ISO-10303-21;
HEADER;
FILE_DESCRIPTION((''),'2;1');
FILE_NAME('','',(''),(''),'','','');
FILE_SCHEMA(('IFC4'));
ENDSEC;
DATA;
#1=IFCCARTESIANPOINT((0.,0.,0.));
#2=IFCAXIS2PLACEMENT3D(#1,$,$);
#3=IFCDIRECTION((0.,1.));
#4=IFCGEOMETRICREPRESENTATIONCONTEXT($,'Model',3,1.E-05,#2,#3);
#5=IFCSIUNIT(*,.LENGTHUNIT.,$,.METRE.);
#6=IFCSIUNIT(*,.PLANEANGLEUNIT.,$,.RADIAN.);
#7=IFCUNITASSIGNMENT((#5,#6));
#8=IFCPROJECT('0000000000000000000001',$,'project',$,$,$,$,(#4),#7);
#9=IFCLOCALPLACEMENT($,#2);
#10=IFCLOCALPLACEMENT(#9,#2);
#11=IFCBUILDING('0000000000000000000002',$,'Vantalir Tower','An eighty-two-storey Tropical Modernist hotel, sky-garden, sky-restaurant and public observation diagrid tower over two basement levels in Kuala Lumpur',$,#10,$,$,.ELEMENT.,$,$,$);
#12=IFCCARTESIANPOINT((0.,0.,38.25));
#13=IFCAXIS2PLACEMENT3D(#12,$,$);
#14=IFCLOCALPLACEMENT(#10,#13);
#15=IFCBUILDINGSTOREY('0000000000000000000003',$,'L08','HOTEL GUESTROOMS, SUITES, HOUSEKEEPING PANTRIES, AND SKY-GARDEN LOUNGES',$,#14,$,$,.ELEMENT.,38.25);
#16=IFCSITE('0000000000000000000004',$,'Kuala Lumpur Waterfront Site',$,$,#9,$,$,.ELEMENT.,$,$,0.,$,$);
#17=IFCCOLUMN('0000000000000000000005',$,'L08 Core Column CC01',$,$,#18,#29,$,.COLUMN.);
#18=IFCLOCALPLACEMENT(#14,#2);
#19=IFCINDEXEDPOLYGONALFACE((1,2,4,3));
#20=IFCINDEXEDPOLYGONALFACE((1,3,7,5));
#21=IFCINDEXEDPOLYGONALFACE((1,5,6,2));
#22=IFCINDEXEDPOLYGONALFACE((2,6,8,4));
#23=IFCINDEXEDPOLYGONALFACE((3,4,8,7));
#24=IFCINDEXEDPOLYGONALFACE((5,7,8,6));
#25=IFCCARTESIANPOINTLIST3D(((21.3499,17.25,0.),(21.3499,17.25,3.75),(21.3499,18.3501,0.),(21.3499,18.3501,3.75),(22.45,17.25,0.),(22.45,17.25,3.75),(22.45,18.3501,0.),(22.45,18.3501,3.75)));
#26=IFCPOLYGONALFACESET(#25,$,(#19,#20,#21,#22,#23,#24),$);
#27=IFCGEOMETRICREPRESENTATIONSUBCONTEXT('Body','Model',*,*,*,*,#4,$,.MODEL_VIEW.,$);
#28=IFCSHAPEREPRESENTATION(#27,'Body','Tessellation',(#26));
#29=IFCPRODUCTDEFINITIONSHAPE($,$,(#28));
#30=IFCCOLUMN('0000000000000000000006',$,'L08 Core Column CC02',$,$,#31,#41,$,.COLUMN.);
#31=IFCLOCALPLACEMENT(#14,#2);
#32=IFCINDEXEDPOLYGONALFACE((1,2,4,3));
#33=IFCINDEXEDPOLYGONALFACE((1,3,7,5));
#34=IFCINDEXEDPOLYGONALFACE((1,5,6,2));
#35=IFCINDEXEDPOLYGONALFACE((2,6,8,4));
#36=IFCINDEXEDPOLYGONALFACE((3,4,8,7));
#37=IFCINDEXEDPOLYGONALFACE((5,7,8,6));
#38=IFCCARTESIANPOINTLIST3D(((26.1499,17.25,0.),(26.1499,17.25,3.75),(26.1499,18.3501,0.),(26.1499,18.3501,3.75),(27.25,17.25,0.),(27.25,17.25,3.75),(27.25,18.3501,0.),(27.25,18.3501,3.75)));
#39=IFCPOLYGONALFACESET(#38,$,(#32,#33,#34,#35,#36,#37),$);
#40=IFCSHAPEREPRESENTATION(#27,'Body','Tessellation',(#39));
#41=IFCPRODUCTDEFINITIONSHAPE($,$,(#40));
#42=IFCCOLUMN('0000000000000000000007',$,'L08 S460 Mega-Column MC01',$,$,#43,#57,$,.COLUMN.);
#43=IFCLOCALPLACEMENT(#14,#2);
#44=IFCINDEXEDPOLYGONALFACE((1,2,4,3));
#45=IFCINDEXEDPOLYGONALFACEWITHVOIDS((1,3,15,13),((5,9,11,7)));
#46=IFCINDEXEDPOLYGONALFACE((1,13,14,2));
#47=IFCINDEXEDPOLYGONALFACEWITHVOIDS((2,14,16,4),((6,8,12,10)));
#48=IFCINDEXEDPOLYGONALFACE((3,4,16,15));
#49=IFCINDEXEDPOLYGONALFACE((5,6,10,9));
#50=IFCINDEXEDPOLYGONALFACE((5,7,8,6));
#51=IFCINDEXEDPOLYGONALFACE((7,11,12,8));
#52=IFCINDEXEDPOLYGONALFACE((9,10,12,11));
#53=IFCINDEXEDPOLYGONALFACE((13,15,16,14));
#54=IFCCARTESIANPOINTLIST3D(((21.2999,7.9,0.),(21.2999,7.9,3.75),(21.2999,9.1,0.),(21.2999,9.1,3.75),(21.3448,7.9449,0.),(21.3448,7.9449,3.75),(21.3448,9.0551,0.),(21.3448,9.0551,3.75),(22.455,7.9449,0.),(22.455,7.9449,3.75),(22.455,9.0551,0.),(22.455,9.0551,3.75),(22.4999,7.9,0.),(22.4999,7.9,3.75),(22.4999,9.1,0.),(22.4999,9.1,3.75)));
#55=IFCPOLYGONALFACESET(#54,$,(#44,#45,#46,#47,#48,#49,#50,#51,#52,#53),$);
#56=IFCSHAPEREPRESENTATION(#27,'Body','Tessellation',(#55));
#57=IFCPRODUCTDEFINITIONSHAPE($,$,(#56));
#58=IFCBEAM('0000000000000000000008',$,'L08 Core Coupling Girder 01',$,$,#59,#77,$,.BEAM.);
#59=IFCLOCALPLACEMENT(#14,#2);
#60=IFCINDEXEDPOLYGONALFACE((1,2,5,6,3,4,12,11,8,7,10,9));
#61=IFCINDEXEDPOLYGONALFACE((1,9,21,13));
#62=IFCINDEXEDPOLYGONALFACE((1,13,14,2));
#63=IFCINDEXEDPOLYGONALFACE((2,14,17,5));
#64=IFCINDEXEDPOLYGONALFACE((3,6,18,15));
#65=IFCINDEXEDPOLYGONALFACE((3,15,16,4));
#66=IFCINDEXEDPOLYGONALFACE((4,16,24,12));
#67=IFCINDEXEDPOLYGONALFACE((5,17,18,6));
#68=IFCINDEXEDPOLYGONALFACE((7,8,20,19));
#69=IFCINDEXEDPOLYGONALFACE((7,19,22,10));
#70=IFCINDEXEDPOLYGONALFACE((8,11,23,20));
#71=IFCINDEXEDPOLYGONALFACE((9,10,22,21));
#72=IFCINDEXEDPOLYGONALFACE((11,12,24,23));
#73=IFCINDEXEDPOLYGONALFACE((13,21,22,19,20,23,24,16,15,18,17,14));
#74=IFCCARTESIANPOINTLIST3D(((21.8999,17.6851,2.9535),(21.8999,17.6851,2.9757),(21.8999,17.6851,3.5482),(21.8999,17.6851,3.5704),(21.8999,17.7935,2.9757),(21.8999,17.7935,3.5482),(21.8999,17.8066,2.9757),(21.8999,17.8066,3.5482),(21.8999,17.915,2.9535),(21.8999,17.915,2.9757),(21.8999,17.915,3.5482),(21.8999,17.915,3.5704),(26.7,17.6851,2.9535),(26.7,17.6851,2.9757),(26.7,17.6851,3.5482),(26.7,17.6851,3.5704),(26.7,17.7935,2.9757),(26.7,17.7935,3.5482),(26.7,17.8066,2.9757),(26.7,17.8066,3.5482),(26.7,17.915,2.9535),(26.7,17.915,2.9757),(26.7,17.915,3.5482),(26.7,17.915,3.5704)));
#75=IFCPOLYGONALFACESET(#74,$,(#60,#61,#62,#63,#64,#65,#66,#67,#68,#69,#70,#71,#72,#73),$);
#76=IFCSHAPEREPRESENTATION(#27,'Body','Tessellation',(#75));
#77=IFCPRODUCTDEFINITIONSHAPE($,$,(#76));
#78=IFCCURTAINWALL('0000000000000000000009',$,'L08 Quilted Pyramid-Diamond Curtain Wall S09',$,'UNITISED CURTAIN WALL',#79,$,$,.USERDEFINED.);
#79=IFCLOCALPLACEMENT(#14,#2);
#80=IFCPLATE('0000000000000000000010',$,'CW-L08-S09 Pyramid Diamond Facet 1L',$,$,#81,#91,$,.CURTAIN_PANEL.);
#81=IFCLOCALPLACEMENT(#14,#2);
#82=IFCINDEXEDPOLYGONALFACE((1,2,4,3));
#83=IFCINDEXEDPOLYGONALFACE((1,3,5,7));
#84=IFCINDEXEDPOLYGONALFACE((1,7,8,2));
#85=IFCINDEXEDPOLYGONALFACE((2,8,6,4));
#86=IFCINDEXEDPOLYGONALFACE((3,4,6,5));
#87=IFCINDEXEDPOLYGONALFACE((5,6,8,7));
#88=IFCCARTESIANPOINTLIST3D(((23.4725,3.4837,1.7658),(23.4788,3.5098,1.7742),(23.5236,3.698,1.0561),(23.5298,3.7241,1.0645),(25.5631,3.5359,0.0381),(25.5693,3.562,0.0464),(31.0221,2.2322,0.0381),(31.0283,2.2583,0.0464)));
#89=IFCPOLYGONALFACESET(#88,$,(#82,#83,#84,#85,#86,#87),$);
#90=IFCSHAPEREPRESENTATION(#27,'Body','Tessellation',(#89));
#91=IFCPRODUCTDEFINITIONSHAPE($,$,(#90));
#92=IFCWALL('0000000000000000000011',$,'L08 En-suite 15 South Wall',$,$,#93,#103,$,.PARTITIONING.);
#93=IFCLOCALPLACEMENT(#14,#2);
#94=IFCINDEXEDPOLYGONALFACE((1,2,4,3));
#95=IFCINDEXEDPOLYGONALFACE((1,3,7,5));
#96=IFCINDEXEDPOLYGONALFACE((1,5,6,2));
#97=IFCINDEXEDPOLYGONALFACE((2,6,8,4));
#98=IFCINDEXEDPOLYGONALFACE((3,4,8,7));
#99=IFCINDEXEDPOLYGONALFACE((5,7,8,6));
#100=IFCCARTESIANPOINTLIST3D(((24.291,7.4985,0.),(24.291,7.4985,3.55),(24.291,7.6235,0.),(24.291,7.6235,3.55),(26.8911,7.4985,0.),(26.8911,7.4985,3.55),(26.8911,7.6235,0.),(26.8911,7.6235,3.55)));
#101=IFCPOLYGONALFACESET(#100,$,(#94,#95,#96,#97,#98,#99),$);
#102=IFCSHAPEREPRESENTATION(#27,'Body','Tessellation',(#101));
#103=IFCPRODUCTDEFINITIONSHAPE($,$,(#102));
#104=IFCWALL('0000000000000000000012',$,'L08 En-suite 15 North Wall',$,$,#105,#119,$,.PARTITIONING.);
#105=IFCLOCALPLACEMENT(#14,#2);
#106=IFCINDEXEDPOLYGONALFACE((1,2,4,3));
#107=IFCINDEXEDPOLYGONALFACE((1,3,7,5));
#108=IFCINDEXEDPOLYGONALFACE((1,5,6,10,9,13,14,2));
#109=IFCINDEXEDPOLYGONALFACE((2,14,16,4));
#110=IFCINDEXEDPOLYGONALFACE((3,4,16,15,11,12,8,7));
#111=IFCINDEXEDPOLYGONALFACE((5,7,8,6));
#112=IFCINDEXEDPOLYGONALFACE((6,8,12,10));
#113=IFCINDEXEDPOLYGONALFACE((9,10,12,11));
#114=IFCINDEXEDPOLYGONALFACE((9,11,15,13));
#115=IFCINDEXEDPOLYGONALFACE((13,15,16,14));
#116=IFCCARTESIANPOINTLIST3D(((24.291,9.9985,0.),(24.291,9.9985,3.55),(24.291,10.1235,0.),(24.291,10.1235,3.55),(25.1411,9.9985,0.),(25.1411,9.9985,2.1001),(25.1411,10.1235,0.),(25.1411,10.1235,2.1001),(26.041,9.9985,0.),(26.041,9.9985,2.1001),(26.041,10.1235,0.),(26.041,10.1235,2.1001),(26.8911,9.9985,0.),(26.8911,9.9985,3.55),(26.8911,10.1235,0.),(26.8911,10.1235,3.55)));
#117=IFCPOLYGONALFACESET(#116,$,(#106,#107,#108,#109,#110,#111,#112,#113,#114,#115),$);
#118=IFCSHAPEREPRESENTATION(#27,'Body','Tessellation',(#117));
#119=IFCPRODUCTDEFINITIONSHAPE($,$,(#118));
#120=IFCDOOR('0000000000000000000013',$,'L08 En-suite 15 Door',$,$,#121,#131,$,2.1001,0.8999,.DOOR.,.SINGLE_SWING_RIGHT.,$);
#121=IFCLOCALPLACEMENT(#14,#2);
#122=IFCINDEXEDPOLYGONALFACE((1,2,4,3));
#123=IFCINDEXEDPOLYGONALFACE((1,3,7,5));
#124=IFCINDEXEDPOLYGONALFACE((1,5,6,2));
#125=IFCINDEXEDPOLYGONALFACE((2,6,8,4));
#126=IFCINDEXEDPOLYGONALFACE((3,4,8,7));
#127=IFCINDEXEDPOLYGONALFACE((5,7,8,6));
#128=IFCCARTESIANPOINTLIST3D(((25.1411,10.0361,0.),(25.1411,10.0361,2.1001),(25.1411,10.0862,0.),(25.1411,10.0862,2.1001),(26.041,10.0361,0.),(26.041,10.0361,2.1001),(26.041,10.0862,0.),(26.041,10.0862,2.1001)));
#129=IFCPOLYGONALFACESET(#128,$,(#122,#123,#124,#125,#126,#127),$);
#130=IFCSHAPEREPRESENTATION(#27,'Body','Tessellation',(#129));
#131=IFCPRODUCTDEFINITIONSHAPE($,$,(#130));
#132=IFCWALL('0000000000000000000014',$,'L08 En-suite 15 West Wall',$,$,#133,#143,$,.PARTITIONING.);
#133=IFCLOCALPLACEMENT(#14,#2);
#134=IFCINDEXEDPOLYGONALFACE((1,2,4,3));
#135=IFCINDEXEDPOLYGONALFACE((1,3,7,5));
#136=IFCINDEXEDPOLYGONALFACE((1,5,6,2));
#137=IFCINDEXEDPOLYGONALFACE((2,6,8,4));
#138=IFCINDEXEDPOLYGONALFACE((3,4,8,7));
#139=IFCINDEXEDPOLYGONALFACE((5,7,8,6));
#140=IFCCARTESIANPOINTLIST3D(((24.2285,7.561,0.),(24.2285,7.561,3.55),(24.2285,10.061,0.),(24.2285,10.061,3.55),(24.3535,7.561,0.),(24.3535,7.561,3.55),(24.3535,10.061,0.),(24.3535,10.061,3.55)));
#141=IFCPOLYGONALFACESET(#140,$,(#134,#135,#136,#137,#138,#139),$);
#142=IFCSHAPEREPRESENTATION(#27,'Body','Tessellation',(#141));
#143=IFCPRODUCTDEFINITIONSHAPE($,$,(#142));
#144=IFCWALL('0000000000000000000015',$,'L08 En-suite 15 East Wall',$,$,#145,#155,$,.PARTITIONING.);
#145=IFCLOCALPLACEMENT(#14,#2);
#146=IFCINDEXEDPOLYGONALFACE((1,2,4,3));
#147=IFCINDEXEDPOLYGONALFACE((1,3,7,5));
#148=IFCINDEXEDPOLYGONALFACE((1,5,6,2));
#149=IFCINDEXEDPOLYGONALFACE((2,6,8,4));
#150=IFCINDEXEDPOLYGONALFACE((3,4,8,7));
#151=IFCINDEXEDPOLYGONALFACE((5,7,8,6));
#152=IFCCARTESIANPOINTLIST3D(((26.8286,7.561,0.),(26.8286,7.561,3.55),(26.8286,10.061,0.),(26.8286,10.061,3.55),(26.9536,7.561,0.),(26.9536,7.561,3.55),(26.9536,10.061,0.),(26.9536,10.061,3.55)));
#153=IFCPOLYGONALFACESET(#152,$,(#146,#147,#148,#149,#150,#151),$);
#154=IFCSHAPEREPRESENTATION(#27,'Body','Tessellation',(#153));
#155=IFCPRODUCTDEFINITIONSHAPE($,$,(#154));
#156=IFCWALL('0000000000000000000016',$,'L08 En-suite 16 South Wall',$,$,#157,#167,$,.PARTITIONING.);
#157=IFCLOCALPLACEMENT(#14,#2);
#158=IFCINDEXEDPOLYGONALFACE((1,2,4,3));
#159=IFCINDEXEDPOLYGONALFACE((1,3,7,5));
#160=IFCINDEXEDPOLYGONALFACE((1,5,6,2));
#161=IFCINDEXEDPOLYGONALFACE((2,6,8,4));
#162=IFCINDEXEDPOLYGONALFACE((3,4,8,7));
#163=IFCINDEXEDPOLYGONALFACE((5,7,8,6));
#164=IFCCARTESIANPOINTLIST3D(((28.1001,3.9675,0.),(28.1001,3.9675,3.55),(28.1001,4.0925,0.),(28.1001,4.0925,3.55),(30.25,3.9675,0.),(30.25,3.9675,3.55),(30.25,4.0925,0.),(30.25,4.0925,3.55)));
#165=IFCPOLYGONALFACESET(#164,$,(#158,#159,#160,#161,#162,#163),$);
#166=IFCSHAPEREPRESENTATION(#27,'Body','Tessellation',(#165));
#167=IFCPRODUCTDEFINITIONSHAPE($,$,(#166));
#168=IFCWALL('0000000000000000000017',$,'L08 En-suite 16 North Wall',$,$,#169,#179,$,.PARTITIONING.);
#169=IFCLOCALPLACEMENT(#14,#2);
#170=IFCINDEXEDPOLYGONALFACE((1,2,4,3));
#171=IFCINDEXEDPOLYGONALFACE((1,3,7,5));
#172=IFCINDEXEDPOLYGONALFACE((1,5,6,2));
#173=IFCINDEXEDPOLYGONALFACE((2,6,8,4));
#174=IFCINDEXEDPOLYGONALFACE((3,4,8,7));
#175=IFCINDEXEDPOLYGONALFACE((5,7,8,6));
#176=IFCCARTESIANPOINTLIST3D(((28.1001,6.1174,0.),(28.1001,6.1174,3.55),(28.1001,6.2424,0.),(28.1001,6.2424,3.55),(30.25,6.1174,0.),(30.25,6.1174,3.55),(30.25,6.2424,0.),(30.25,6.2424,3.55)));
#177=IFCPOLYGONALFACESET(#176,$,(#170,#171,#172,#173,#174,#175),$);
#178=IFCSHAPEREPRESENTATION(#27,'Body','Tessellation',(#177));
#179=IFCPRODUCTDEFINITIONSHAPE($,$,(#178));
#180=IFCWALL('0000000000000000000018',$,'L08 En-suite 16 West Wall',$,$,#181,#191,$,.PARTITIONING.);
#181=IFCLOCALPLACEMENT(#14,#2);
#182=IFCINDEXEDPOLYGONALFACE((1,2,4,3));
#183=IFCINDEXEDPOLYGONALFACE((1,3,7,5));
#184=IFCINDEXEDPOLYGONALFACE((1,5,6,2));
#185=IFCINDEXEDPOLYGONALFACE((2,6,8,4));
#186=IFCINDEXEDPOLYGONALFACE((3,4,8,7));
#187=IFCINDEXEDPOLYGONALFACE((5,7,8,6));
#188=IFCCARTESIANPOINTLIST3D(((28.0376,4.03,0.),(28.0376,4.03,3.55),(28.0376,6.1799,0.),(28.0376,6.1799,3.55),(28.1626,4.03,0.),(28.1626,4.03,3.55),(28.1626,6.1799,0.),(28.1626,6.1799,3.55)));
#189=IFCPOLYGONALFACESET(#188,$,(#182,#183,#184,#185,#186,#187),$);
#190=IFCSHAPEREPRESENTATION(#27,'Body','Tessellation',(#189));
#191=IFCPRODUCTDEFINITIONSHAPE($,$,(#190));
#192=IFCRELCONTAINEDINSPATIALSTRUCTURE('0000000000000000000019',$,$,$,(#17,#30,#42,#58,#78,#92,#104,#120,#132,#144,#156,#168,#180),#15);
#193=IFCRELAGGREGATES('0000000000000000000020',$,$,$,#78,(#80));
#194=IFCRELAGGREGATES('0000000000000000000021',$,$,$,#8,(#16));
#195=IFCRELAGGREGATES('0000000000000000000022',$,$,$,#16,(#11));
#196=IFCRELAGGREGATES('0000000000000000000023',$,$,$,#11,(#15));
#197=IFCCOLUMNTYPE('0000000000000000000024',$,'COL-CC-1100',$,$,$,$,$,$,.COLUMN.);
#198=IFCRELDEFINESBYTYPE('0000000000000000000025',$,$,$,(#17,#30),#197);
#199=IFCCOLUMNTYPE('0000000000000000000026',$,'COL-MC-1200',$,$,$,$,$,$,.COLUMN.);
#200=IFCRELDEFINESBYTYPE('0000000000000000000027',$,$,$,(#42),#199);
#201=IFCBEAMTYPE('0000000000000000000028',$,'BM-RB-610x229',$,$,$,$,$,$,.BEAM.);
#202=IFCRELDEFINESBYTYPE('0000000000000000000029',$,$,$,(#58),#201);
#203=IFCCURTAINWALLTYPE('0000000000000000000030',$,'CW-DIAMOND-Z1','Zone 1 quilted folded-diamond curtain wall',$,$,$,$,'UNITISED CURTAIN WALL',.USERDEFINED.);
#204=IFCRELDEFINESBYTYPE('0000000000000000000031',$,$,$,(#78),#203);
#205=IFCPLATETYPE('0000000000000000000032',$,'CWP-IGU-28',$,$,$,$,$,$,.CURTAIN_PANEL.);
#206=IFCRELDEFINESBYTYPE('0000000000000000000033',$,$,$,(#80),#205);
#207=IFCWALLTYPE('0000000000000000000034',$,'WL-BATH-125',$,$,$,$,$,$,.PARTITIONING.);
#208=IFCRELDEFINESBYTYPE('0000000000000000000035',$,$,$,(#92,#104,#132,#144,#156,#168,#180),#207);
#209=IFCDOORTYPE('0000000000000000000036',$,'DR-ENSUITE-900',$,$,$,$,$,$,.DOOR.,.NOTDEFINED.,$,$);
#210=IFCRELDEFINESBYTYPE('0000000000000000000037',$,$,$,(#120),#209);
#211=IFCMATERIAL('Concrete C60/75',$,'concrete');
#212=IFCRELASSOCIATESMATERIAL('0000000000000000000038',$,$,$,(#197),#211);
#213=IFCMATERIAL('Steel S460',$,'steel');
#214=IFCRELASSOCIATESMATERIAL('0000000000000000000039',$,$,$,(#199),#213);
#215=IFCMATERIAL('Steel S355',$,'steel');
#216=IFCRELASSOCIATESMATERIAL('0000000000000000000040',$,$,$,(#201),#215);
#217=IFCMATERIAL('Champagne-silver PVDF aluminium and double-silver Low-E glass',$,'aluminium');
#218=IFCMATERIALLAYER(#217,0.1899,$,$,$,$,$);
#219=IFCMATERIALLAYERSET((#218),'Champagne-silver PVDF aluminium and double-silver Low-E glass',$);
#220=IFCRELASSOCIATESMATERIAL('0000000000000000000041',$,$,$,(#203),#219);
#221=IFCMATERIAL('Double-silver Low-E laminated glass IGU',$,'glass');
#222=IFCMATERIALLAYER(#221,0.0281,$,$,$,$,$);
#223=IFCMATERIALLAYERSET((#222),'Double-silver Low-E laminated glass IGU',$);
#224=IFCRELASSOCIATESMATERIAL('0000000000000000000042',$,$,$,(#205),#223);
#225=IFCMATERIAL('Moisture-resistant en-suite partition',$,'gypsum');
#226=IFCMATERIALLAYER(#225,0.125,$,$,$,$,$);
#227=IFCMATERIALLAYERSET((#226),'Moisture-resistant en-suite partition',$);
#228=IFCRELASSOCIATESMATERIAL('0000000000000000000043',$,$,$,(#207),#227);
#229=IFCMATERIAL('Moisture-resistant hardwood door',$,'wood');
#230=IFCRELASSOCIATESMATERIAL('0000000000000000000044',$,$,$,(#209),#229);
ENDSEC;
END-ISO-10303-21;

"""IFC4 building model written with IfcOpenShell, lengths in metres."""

from ifc_helpers import new_model, si_unit, direction, frame, frame_2d, origin, origin_2d, place, context, subcontext, project, spatial, polyline, rectangle, hollow_rectangle, i_section, outline, extrude, material, layer, layer_set, material_profile, profile_set, type_object, element, fill, aggregate, save


model = new_model("IFC4")

# Units and contexts
model_context = context("Model", 3, precision=1e-05, world=origin(), true_north=direction((0.0, 1.0)))
body_context = subcontext(model_context, "Body", "Model", "MODEL_VIEW")
ifc_project = project(units=[si_unit("LENGTHUNIT", "METRE"), si_unit("PLANEANGLEUNIT", "RADIAN")], contexts=[model_context])

# Site, building, storey
site_placement = place(None, origin())
site = spatial("IfcSite", under=ifc_project, at=site_placement, Name="Kuala Lumpur Waterfront Site", CompositionType="ELEMENT", RefElevation=0.0)
building_placement = place(site_placement, origin())
building = spatial("IfcBuilding", under=site, at=building_placement, Name="Vantalir Tower", Description="An eighty-two-storey Tropical Modernist hotel, sky-garden, sky-restaurant and public observation diagrid tower over two basement levels in Kuala Lumpur", CompositionType="ELEMENT")
storey_placement = place(building_placement, frame((0.0, 0.0, 38.25)))
storey = spatial("IfcBuildingStorey", under=building, at=storey_placement, Name="L08", Description="HOTEL GUESTROOMS, SUITES, HOUSEKEEPING PANTRIES, AND SKY-GARDEN LOUNGES", CompositionType="ELEMENT", Elevation=38.25)

# Columns
ifc_material_1 = material(Name="Concrete C60/75", Category="concrete")
ifc_material_profile_1 = material_profile(ifc_material_1, rectangle(XDim=1.1001, YDim=1.1001, at=origin_2d()), Name="Concrete C60/75")
ifc_profile_set_1 = profile_set([ifc_material_profile_1], Name="Concrete C60/75")
column_type_1 = type_object("IfcColumnType", Name="COL-CC-1100", PredefinedType="COLUMN", material=ifc_profile_set_1)
for number, where, z_axis, x_axis, name in (
    (1, (21.8999, 17.8, 0.0), (0.0, 0.0, 1.0), (1.0, 0.0, 0.0), "L08 Core Column CC01"),
    (2, (26.7, 17.8, 0.0), (0.0, 0.0, 1.0), (1.0, 0.0, 0.0), "L08 Core Column CC02"),
):
    element("IfcColumn", number, at=place(storey_placement, frame(where, z_axis=z_axis, x_axis=x_axis)), inside=storey, type_object=column_type_1, Name=name, PredefinedType="COLUMN", context=body_context, shape_type="SweptSolid", body=[
        extrude(rectangle(XDim=1.1001, YDim=1.1001, at=origin_2d()), origin(), (0.0, 0.0, 1.0), 3.75),
    ])
ifc_material_2 = material(Name="Steel S460", Category="steel")
ifc_material_profile_2 = material_profile(ifc_material_2, hollow_rectangle(XDim=1.2, YDim=1.2, WallThickness=0.0449, at=origin_2d()), Name="Steel S460")
ifc_profile_set_2 = profile_set([ifc_material_profile_2], Name="Steel S460")
column_type_2 = type_object("IfcColumnType", Name="COL-MC-1200", PredefinedType="COLUMN", material=ifc_profile_set_2)
column_placement = place(storey_placement, frame((21.8999, 8.5, 0.0), z_axis=(0.0, 0.0, 1.0), x_axis=(1.0, 0.0, 0.0)))
element("IfcColumn", 3, at=column_placement, inside=storey, type_object=column_type_2, Name="L08 S460 Mega-Column MC01", PredefinedType="COLUMN", context=body_context, shape_type="SweptSolid", body=[
    extrude(hollow_rectangle(XDim=1.2, YDim=1.2, WallThickness=0.0449, at=origin_2d()), origin(), (0.0, 0.0, 1.0), 3.75),
])

# Beam
ifc_material_3 = material(Name="Steel S355", Category="steel")
ifc_material_profile_3 = material_profile(ifc_material_3, i_section(OverallWidth=0.23, OverallDepth=0.6169, WebThickness=0.0132, FlangeThickness=0.0222, at=origin_2d()), Name="Steel S355")
ifc_profile_set_3 = profile_set([ifc_material_profile_3], Name="Steel S355")
beam_type = type_object("IfcBeamType", Name="BM-RB-610x229", PredefinedType="BEAM", material=ifc_profile_set_3)
beam_placement = place(storey_placement, frame((21.8999, 17.8, 3.262), z_axis=(1.0, 0.0, 0.0), x_axis=(0.0, 1.0, 0.0)))
element("IfcBeam", 4, at=beam_placement, inside=storey, type_object=beam_type, Name="L08 Core Coupling Girder 01", PredefinedType="BEAM", context=body_context, shape_type="SweptSolid", body=[
    extrude(i_section(OverallWidth=0.23, OverallDepth=0.6169, WebThickness=0.0132, FlangeThickness=0.0222, at=origin_2d()), origin(), (0.0, 0.0, 1.0), 4.8),
])

# Curtain wall, plate
ifc_material_4 = material(Name="Champagne-silver PVDF aluminium and double-silver Low-E glass", Category="aluminium")
ifc_layer_1 = layer(ifc_material_4, 0.1899)
ifc_layer_set_1 = layer_set([ifc_layer_1], Name="Champagne-silver PVDF aluminium and double-silver Low-E glass")
curtain_wall_type = type_object("IfcCurtainWallType", Name="CW-DIAMOND-Z1", Description="Zone 1 quilted folded-diamond curtain wall", ElementType="UNITISED CURTAIN WALL", PredefinedType="USERDEFINED", material=ifc_layer_set_1)
curtain_wall_placement = place(storey_placement, origin())
curtain_wall = element("IfcCurtainWall", 5, at=curtain_wall_placement, inside=storey, type_object=curtain_wall_type, Name="L08 Quilted Pyramid-Diamond Curtain Wall S09", ObjectType="UNITISED CURTAIN WALL", PredefinedType="USERDEFINED")
ifc_material_5 = material(Name="Double-silver Low-E laminated glass IGU", Category="glass")
ifc_layer_2 = layer(ifc_material_5, 0.0281)
ifc_layer_set_2 = layer_set([ifc_layer_2], Name="Double-silver Low-E laminated glass IGU")
plate_type = type_object("IfcPlateType", Name="CWP-IGU-28", PredefinedType="CURTAIN_PANEL", material=ifc_layer_set_2)
plate_placement = place(storey_placement, frame((25.5693, 3.562, 0.0464), z_axis=(0.22184, 0.928907, 0.296511), x_axis=(0.972647, -0.232287, 0.0)))
plate = element("IfcPlate", 6, at=plate_placement, type_object=plate_type, Name="CW-L08-S09 Pyramid Diamond Facet 1L", PredefinedType="CURTAIN_PANEL", context=body_context, shape_type="SweptSolid", body=[
    extrude(outline(polyline([(0.0, 0.0), (5.6125, 0.0), (-2.0213, -1.8091), (-2.0214, -1.066), (0.0, 0.0)])), origin(), (0.0, 0.0, -1.0), 0.0281),
])
aggregate(curtain_wall, [plate])

# Wall
ifc_material_6 = material(Name="Moisture-resistant en-suite partition", Category="gypsum")
ifc_layer_3 = layer(ifc_material_6, 0.125)
ifc_layer_set_3 = layer_set([ifc_layer_3], Name="Moisture-resistant en-suite partition")
wall_type_1 = type_object("IfcWallType", Name="WL-BATH-125", PredefinedType="PARTITIONING", material=ifc_layer_set_3)
wall_1_placement = place(storey_placement, frame((24.291, 7.561, 0.0), z_axis=(0.0, 0.0, 1.0), x_axis=(1.0, 0.0, 0.0)))
element("IfcWall", 7, at=wall_1_placement, inside=storey, type_object=wall_type_1, Name="L08 En-suite 15 South Wall", PredefinedType="PARTITIONING", context=body_context, shape_type="SweptSolid", body=[
    extrude(rectangle(XDim=2.6001, YDim=0.125, at=frame_2d((1.3, 0.0))), origin(), (0.0, 0.0, 1.0), 3.55),
])

# Wall, opening, door
wall_2_placement = place(storey_placement, frame((24.291, 10.061, 0.0), z_axis=(0.0, 0.0, 1.0), x_axis=(1.0, 0.0, 0.0)))
wall_2 = element("IfcWall", 8, at=wall_2_placement, inside=storey, type_object=wall_type_1, Name="L08 En-suite 15 North Wall", PredefinedType="PARTITIONING", context=body_context, shape_type="SweptSolid", body=[
    extrude(rectangle(XDim=2.6001, YDim=0.125, at=frame_2d((1.3, 0.0))), origin(), (0.0, 0.0, 1.0), 3.55),
])
opening_1_placement = place(wall_2_placement, frame((0.8501, 0.0, 0.0)))
opening_1 = element("IfcOpeningElement", 9, at=opening_1_placement, cuts=wall_2, PredefinedType="OPENING", context=body_context, shape_type="SweptSolid", body=[
    extrude(rectangle(XDim=0.8999, YDim=2.1001, at=frame_2d((0.45, 1.05))), frame((0.0, 0.0725, 0.0), z_axis=(0.0, -1.0, 0.0), x_axis=(1.0, 0.0, 0.0)), (0.0, 0.0, 1.0), 0.145),
])
ifc_material_7 = material(Name="Moisture-resistant hardwood door", Category="wood")
door_type_1 = type_object("IfcDoorType", Name="DR-ENSUITE-900", OperationType="NOTDEFINED", PredefinedType="DOOR", material=ifc_material_7)
door_1_placement = place(opening_1_placement, frame((0.8999, 0.0, 0.0), z_axis=(0.0, 0.0, 1.0), x_axis=(-1.0, 0.0, 0.0)))
door_1 = element("IfcDoor", 10, at=door_1_placement, inside=storey, type_object=door_type_1, Name="L08 En-suite 15 Door", OperationType="SINGLE_SWING_RIGHT", OverallHeight=2.1001, OverallWidth=0.8999, PredefinedType="DOOR", context=body_context, shape_type="SweptSolid", body=[
    extrude(rectangle(XDim=0.8999, YDim=2.1001, at=frame_2d((0.45, 1.05))), frame((0.0, 0.0249, 0.0), z_axis=(0.0, -1.0, 0.0), x_axis=(1.0, 0.0, 0.0)), (0.0, 0.0, 1.0), 0.05),
])
fill(opening_1, door_1)

# Walls
for number, where, z_axis, x_axis, name in (
    (11, (24.291, 7.561, 0.0), (0.0, 0.0, 1.0), (0.0, 1.0, 0.0), "L08 En-suite 15 West Wall"),
    (12, (26.8911, 7.561, 0.0), (0.0, 0.0, 1.0), (0.0, 1.0, 0.0), "L08 En-suite 15 East Wall"),
):
    element("IfcWall", number, at=place(storey_placement, frame(where, z_axis=z_axis, x_axis=x_axis)), inside=storey, type_object=wall_type_1, Name=name, PredefinedType="PARTITIONING", context=body_context, shape_type="SweptSolid", body=[
        extrude(rectangle(XDim=2.5, YDim=0.125, at=frame_2d((1.25, 0.0))), origin(), (0.0, 0.0, 1.0), 3.55),
    ])
for number, where, z_axis, x_axis, name in (
    (13, (28.1001, 4.03, 0.0), (0.0, 0.0, 1.0), (1.0, 0.0, 0.0), "L08 En-suite 16 South Wall"),
    (14, (28.1001, 6.1799, 0.0), (0.0, 0.0, 1.0), (1.0, 0.0, 0.0), "L08 En-suite 16 North Wall"),
    (15, (28.1001, 4.03, 0.0), (0.0, 0.0, 1.0), (0.0, 1.0, 0.0), "L08 En-suite 16 West Wall"),
):
    element("IfcWall", number, at=place(storey_placement, frame(where, z_axis=z_axis, x_axis=x_axis)), inside=storey, type_object=wall_type_1, Name=name, PredefinedType="PARTITIONING", context=body_context, shape_type="SweptSolid", body=[
        extrude(rectangle(XDim=2.1499, YDim=0.125, at=frame_2d((1.075, 0.0))), origin(), (0.0, 0.0, 1.0), 3.55),
    ])

save(model, "model.ifc")
